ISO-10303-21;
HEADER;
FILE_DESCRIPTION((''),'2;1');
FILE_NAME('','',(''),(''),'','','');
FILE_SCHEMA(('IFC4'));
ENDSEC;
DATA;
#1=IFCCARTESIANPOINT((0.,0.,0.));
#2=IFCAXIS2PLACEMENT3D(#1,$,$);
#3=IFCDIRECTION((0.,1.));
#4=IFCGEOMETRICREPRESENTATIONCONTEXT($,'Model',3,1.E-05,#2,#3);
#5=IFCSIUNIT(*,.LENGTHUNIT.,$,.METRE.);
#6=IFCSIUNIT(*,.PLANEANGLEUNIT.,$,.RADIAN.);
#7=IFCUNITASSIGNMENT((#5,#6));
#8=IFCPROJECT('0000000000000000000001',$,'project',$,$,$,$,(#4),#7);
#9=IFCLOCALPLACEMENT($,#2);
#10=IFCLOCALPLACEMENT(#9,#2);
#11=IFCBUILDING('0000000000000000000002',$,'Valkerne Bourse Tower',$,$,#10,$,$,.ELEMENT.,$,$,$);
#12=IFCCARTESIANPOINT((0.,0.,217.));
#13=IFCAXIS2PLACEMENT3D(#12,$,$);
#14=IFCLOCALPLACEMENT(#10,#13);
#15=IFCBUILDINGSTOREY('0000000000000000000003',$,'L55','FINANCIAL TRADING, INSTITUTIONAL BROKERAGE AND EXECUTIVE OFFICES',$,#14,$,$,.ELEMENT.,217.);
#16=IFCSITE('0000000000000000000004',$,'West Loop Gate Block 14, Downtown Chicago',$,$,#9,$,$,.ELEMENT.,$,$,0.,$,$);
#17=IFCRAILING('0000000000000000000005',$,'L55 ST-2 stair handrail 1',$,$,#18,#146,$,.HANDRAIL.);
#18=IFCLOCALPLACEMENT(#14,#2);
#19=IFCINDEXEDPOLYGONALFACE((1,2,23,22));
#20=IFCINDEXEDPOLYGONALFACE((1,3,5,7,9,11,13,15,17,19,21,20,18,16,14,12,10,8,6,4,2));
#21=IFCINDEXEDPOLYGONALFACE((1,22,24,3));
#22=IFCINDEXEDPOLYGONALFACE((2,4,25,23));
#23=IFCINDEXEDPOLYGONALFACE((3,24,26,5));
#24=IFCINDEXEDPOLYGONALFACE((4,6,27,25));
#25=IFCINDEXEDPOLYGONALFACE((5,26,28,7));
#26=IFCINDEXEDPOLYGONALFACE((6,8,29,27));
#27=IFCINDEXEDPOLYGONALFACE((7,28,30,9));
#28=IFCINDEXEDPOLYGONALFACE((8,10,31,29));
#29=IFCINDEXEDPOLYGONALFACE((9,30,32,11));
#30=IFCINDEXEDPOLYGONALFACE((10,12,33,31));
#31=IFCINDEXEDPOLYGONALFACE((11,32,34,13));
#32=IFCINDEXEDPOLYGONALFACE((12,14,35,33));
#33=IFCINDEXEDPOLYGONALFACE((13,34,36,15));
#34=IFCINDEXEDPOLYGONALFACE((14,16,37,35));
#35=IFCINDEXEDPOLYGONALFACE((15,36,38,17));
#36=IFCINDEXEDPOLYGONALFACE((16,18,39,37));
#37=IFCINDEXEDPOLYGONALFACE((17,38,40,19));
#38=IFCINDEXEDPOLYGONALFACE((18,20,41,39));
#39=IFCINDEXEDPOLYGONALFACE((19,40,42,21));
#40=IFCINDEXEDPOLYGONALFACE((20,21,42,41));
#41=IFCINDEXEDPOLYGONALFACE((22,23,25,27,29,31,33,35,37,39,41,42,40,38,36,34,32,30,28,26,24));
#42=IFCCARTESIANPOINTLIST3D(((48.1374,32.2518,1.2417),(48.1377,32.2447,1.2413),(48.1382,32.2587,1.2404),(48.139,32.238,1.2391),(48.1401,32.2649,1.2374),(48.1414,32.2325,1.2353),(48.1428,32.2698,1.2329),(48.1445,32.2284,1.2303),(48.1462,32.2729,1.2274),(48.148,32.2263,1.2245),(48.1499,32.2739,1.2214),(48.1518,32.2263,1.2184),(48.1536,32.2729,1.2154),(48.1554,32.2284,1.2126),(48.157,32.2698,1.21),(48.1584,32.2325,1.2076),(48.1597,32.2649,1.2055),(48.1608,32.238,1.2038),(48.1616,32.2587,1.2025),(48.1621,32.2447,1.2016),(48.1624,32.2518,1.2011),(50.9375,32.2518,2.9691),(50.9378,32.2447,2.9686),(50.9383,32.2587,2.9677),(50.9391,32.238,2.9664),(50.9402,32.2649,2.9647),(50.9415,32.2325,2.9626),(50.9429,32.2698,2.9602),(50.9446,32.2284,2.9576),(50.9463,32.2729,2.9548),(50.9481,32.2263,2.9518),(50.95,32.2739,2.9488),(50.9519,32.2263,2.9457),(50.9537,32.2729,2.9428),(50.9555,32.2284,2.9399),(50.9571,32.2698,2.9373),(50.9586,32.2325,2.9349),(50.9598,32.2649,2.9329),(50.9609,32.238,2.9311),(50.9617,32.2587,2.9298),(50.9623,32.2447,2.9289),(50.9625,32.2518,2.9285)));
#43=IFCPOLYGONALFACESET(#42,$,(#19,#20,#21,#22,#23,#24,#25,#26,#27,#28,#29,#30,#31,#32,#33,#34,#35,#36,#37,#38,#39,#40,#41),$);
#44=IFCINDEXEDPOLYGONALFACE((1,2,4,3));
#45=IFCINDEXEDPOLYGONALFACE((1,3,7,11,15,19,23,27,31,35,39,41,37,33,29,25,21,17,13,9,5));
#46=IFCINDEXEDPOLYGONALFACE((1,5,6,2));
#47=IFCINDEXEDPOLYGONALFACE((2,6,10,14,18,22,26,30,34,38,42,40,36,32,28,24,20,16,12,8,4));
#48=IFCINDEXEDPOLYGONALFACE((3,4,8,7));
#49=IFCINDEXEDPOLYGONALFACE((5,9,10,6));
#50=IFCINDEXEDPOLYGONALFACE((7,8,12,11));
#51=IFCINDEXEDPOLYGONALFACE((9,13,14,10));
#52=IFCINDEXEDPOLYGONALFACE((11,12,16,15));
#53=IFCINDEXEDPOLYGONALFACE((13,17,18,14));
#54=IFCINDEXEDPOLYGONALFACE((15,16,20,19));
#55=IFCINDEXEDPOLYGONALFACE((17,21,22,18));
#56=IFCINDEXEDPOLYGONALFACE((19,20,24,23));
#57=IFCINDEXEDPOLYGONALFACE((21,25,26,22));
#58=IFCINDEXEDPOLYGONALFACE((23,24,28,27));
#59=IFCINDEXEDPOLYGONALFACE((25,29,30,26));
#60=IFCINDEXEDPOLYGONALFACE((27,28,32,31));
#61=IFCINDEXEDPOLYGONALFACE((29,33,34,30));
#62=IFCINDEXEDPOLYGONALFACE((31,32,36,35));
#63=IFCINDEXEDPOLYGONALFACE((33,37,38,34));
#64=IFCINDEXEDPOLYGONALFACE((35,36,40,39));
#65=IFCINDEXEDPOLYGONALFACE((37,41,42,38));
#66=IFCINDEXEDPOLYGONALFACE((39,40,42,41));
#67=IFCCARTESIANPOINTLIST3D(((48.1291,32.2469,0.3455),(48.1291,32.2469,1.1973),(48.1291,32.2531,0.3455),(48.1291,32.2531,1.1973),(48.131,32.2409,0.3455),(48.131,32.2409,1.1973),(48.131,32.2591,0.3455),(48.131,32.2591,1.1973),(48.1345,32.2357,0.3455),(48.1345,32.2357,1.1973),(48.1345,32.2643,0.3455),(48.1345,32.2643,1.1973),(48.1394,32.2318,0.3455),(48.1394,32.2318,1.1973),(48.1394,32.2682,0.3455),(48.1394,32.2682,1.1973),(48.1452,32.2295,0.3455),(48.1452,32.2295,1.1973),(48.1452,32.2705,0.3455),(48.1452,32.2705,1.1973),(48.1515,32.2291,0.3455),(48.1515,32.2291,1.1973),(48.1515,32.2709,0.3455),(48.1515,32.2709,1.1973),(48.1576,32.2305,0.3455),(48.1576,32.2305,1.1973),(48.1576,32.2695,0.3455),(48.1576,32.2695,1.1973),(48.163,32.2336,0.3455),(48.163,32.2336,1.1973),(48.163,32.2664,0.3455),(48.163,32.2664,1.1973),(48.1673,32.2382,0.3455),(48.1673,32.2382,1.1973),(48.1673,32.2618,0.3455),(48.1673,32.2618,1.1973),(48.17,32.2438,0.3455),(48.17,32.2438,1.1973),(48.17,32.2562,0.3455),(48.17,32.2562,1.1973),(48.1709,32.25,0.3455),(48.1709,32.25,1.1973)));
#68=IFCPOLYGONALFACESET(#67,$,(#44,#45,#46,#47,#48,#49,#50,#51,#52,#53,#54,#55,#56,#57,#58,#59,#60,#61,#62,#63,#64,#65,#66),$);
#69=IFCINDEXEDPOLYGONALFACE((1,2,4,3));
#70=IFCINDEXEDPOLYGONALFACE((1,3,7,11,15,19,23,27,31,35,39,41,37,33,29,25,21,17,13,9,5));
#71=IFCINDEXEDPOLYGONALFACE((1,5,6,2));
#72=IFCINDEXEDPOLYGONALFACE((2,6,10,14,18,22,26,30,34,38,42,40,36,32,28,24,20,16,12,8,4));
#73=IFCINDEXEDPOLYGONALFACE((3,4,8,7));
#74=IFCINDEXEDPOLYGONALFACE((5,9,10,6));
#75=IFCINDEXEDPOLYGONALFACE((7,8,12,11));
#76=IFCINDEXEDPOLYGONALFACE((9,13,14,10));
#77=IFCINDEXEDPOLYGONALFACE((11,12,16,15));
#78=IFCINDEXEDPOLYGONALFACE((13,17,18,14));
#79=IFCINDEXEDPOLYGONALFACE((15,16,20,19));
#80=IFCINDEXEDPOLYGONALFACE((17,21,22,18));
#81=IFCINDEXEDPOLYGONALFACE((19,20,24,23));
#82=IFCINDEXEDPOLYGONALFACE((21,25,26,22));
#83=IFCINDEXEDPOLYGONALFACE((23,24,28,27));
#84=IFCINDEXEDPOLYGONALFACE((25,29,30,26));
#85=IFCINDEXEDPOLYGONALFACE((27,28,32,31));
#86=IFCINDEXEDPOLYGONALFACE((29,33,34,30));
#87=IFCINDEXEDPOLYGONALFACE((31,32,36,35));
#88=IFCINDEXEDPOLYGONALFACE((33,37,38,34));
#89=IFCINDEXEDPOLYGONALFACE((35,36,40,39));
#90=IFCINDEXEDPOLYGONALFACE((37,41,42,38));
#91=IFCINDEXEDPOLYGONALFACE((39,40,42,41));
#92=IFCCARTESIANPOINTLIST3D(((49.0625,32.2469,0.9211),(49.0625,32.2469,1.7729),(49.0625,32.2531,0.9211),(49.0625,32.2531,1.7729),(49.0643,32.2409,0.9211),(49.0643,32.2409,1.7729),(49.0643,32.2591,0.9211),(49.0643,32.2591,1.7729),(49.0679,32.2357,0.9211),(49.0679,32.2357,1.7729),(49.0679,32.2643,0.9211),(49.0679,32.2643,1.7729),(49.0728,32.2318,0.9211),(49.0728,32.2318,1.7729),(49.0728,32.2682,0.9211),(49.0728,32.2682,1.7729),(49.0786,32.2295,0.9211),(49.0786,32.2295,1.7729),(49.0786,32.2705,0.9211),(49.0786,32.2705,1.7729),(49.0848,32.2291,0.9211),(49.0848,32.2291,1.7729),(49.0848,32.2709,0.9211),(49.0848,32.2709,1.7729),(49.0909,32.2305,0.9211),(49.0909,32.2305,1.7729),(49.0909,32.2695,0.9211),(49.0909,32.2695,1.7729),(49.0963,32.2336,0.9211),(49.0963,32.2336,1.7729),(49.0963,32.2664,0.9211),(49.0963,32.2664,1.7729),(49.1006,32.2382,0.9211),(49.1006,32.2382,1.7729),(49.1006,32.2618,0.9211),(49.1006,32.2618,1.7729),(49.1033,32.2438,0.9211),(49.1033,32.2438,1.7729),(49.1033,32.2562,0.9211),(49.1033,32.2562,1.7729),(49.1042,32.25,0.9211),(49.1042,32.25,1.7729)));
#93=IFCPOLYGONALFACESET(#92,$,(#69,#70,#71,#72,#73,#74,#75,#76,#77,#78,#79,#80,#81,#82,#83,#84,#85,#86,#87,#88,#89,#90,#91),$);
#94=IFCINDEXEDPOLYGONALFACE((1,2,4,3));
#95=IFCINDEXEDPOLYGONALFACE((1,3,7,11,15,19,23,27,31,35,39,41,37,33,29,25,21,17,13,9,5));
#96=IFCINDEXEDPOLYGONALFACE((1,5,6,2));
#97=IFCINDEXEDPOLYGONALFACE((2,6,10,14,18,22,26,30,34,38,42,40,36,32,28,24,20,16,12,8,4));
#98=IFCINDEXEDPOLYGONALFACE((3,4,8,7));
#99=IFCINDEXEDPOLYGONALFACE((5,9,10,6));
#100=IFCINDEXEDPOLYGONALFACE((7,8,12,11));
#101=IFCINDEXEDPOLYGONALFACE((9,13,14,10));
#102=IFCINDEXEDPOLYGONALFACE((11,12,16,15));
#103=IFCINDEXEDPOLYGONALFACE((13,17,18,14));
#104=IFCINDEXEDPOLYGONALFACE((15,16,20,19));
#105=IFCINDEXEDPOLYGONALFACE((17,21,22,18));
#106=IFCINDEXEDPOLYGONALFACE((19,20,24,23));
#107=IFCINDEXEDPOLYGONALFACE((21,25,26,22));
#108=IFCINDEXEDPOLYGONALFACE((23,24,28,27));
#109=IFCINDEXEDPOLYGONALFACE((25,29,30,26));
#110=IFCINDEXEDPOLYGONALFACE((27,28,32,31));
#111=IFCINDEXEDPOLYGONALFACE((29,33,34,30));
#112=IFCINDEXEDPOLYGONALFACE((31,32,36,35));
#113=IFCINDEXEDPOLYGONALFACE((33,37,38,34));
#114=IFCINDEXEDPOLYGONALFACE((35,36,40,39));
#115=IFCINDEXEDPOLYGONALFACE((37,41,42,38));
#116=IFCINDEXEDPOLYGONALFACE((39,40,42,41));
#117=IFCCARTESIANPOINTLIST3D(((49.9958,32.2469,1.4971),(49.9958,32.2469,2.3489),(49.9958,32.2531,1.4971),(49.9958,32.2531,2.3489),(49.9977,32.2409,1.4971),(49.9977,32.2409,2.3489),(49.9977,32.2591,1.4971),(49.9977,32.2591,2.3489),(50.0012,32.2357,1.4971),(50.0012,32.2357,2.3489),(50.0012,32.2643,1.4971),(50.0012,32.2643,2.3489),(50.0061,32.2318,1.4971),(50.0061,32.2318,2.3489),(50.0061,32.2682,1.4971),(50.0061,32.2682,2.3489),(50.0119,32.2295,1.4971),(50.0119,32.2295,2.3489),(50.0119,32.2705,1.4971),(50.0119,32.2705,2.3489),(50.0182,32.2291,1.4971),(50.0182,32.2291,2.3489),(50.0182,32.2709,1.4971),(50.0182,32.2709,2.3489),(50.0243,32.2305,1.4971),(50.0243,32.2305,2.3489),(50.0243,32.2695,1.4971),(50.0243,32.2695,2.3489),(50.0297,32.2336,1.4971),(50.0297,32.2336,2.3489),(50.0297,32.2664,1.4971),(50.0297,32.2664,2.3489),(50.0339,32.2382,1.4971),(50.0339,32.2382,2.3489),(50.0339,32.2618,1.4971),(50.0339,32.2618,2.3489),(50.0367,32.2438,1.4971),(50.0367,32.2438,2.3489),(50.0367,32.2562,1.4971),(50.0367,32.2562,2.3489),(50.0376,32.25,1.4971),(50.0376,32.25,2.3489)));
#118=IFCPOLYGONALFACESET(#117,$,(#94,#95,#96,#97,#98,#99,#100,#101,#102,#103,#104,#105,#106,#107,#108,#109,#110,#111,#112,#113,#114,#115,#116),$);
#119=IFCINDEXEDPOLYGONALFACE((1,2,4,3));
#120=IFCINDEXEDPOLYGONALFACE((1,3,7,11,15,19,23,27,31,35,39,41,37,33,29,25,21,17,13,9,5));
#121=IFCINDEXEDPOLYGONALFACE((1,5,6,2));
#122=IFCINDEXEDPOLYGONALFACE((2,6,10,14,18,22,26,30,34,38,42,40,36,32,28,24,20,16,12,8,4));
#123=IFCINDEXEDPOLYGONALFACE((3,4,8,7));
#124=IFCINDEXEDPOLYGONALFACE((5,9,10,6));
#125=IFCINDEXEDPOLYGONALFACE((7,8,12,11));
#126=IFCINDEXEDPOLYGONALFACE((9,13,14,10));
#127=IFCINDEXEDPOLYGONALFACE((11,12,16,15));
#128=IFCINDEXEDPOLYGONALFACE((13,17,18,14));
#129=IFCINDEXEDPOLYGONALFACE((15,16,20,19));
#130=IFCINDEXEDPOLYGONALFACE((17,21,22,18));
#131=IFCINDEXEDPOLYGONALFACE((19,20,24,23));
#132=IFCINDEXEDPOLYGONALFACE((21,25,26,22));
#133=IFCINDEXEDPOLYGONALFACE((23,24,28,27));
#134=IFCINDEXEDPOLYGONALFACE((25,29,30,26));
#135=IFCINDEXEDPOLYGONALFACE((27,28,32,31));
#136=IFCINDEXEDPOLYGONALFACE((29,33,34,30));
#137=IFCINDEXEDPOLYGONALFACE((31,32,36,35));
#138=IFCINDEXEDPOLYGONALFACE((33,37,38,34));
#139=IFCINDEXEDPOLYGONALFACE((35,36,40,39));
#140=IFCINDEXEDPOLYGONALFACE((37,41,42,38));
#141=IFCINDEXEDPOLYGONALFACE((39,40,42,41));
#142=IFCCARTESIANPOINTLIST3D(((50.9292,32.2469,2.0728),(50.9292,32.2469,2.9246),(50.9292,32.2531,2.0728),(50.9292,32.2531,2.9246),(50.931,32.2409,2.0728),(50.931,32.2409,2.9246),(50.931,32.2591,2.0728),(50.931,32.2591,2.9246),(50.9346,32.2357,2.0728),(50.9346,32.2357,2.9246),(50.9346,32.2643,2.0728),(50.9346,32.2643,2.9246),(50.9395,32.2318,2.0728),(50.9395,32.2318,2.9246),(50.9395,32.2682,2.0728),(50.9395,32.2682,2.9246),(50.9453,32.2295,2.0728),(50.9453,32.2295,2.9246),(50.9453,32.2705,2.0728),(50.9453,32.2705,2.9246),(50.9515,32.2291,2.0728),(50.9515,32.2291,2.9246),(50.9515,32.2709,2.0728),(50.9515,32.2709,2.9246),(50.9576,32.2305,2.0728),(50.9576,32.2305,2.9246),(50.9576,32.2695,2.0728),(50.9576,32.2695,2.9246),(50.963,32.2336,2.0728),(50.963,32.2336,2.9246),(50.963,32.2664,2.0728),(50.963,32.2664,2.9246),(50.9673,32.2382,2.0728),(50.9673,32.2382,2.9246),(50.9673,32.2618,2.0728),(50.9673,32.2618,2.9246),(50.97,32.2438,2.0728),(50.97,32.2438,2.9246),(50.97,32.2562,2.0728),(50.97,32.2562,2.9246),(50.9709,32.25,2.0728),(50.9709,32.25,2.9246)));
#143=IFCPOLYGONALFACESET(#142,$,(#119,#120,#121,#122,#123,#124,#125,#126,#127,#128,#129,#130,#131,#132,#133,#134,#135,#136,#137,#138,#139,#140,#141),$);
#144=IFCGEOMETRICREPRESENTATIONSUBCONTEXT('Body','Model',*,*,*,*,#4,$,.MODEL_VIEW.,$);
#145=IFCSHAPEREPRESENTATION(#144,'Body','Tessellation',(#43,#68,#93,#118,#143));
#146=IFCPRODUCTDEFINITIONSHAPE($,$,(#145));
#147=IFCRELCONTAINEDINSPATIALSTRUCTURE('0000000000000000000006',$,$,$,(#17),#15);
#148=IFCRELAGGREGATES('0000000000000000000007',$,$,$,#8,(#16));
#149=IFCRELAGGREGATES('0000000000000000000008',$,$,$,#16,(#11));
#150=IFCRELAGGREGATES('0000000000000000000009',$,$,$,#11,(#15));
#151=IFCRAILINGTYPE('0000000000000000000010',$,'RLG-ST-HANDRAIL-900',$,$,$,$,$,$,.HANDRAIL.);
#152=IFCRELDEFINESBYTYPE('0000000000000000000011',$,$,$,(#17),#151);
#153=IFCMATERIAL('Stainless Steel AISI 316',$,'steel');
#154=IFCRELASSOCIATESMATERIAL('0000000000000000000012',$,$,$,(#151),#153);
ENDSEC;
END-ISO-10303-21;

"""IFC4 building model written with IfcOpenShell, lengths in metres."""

from ifc_helpers import new_model, si_unit, direction, frame, origin, origin_2d, place, context, subcontext, project, spatial, circle, extrude, material, type_object, element, save


model = new_model("IFC4")

# Units and contexts
model_context = context("Model", 3, precision=1e-05, world=origin(), true_north=direction((0.0, 1.0)))
body_context = subcontext(model_context, "Body", "Model", "MODEL_VIEW")
ifc_project = project(units=[si_unit("LENGTHUNIT", "METRE"), si_unit("PLANEANGLEUNIT", "RADIAN")], contexts=[model_context])

# Site, building, storey
site_placement = place(None, origin())
site = spatial("IfcSite", under=ifc_project, at=site_placement, Name="West Loop Gate Block 14, Downtown Chicago", CompositionType="ELEMENT", RefElevation=0.0)
building_placement = place(site_placement, origin())
building = spatial("IfcBuilding", under=site, at=building_placement, Name="Valkerne Bourse Tower", CompositionType="ELEMENT")
storey_placement = place(building_placement, frame((0.0, 0.0, 217.0)))
storey = spatial("IfcBuildingStorey", under=building, at=storey_placement, Name="L55", Description="FINANCIAL TRADING, INSTITUTIONAL BROKERAGE AND EXECUTIVE OFFICES", CompositionType="ELEMENT", Elevation=217.0)

# Shared definitions
ifc_material_1 = material(Name="Stainless Steel AISI 316", Category="steel")

# Railing
railing_type_1 = type_object("IfcRailingType", Name="RLG-ST-HANDRAIL-900", PredefinedType="HANDRAIL", material=ifc_material_1)
railing_1_placement = place(storey_placement, frame((48.1499, 32.25, 0.3455)))
element("IfcRailing", 1, at=railing_1_placement, inside=storey, type_object=railing_type_1, Name="L55 ST-2 stair handrail 1", PredefinedType="HANDRAIL", context=body_context, shape_type="SweptSolid", body=[
    extrude(circle(Radius=0.0239, at=origin_2d()), frame((0.0, 0.0, 0.876), z_axis=(0.85109, 0.0, 0.52502), x_axis=(0.0, 1.0, 0.0)), (0.0, 0.0, 1.0), 3.29),
    extrude(circle(Radius=0.021, at=origin_2d()), origin(), (0.0, 0.0, 1.0), 0.8518),
    extrude(circle(Radius=0.021, at=origin_2d()), frame((0.9333, 0.0, 0.5757)), (0.0, 0.0, 1.0), 0.8518),
    extrude(circle(Radius=0.021, at=origin_2d()), frame((1.8667, 0.0, 1.1516)), (0.0, 0.0, 1.0), 0.8518),
    extrude(circle(Radius=0.021, at=origin_2d()), frame((2.8, 0.0, 1.7273)), (0.0, 0.0, 1.0), 0.8518),
])

save(model, "model.ifc")
